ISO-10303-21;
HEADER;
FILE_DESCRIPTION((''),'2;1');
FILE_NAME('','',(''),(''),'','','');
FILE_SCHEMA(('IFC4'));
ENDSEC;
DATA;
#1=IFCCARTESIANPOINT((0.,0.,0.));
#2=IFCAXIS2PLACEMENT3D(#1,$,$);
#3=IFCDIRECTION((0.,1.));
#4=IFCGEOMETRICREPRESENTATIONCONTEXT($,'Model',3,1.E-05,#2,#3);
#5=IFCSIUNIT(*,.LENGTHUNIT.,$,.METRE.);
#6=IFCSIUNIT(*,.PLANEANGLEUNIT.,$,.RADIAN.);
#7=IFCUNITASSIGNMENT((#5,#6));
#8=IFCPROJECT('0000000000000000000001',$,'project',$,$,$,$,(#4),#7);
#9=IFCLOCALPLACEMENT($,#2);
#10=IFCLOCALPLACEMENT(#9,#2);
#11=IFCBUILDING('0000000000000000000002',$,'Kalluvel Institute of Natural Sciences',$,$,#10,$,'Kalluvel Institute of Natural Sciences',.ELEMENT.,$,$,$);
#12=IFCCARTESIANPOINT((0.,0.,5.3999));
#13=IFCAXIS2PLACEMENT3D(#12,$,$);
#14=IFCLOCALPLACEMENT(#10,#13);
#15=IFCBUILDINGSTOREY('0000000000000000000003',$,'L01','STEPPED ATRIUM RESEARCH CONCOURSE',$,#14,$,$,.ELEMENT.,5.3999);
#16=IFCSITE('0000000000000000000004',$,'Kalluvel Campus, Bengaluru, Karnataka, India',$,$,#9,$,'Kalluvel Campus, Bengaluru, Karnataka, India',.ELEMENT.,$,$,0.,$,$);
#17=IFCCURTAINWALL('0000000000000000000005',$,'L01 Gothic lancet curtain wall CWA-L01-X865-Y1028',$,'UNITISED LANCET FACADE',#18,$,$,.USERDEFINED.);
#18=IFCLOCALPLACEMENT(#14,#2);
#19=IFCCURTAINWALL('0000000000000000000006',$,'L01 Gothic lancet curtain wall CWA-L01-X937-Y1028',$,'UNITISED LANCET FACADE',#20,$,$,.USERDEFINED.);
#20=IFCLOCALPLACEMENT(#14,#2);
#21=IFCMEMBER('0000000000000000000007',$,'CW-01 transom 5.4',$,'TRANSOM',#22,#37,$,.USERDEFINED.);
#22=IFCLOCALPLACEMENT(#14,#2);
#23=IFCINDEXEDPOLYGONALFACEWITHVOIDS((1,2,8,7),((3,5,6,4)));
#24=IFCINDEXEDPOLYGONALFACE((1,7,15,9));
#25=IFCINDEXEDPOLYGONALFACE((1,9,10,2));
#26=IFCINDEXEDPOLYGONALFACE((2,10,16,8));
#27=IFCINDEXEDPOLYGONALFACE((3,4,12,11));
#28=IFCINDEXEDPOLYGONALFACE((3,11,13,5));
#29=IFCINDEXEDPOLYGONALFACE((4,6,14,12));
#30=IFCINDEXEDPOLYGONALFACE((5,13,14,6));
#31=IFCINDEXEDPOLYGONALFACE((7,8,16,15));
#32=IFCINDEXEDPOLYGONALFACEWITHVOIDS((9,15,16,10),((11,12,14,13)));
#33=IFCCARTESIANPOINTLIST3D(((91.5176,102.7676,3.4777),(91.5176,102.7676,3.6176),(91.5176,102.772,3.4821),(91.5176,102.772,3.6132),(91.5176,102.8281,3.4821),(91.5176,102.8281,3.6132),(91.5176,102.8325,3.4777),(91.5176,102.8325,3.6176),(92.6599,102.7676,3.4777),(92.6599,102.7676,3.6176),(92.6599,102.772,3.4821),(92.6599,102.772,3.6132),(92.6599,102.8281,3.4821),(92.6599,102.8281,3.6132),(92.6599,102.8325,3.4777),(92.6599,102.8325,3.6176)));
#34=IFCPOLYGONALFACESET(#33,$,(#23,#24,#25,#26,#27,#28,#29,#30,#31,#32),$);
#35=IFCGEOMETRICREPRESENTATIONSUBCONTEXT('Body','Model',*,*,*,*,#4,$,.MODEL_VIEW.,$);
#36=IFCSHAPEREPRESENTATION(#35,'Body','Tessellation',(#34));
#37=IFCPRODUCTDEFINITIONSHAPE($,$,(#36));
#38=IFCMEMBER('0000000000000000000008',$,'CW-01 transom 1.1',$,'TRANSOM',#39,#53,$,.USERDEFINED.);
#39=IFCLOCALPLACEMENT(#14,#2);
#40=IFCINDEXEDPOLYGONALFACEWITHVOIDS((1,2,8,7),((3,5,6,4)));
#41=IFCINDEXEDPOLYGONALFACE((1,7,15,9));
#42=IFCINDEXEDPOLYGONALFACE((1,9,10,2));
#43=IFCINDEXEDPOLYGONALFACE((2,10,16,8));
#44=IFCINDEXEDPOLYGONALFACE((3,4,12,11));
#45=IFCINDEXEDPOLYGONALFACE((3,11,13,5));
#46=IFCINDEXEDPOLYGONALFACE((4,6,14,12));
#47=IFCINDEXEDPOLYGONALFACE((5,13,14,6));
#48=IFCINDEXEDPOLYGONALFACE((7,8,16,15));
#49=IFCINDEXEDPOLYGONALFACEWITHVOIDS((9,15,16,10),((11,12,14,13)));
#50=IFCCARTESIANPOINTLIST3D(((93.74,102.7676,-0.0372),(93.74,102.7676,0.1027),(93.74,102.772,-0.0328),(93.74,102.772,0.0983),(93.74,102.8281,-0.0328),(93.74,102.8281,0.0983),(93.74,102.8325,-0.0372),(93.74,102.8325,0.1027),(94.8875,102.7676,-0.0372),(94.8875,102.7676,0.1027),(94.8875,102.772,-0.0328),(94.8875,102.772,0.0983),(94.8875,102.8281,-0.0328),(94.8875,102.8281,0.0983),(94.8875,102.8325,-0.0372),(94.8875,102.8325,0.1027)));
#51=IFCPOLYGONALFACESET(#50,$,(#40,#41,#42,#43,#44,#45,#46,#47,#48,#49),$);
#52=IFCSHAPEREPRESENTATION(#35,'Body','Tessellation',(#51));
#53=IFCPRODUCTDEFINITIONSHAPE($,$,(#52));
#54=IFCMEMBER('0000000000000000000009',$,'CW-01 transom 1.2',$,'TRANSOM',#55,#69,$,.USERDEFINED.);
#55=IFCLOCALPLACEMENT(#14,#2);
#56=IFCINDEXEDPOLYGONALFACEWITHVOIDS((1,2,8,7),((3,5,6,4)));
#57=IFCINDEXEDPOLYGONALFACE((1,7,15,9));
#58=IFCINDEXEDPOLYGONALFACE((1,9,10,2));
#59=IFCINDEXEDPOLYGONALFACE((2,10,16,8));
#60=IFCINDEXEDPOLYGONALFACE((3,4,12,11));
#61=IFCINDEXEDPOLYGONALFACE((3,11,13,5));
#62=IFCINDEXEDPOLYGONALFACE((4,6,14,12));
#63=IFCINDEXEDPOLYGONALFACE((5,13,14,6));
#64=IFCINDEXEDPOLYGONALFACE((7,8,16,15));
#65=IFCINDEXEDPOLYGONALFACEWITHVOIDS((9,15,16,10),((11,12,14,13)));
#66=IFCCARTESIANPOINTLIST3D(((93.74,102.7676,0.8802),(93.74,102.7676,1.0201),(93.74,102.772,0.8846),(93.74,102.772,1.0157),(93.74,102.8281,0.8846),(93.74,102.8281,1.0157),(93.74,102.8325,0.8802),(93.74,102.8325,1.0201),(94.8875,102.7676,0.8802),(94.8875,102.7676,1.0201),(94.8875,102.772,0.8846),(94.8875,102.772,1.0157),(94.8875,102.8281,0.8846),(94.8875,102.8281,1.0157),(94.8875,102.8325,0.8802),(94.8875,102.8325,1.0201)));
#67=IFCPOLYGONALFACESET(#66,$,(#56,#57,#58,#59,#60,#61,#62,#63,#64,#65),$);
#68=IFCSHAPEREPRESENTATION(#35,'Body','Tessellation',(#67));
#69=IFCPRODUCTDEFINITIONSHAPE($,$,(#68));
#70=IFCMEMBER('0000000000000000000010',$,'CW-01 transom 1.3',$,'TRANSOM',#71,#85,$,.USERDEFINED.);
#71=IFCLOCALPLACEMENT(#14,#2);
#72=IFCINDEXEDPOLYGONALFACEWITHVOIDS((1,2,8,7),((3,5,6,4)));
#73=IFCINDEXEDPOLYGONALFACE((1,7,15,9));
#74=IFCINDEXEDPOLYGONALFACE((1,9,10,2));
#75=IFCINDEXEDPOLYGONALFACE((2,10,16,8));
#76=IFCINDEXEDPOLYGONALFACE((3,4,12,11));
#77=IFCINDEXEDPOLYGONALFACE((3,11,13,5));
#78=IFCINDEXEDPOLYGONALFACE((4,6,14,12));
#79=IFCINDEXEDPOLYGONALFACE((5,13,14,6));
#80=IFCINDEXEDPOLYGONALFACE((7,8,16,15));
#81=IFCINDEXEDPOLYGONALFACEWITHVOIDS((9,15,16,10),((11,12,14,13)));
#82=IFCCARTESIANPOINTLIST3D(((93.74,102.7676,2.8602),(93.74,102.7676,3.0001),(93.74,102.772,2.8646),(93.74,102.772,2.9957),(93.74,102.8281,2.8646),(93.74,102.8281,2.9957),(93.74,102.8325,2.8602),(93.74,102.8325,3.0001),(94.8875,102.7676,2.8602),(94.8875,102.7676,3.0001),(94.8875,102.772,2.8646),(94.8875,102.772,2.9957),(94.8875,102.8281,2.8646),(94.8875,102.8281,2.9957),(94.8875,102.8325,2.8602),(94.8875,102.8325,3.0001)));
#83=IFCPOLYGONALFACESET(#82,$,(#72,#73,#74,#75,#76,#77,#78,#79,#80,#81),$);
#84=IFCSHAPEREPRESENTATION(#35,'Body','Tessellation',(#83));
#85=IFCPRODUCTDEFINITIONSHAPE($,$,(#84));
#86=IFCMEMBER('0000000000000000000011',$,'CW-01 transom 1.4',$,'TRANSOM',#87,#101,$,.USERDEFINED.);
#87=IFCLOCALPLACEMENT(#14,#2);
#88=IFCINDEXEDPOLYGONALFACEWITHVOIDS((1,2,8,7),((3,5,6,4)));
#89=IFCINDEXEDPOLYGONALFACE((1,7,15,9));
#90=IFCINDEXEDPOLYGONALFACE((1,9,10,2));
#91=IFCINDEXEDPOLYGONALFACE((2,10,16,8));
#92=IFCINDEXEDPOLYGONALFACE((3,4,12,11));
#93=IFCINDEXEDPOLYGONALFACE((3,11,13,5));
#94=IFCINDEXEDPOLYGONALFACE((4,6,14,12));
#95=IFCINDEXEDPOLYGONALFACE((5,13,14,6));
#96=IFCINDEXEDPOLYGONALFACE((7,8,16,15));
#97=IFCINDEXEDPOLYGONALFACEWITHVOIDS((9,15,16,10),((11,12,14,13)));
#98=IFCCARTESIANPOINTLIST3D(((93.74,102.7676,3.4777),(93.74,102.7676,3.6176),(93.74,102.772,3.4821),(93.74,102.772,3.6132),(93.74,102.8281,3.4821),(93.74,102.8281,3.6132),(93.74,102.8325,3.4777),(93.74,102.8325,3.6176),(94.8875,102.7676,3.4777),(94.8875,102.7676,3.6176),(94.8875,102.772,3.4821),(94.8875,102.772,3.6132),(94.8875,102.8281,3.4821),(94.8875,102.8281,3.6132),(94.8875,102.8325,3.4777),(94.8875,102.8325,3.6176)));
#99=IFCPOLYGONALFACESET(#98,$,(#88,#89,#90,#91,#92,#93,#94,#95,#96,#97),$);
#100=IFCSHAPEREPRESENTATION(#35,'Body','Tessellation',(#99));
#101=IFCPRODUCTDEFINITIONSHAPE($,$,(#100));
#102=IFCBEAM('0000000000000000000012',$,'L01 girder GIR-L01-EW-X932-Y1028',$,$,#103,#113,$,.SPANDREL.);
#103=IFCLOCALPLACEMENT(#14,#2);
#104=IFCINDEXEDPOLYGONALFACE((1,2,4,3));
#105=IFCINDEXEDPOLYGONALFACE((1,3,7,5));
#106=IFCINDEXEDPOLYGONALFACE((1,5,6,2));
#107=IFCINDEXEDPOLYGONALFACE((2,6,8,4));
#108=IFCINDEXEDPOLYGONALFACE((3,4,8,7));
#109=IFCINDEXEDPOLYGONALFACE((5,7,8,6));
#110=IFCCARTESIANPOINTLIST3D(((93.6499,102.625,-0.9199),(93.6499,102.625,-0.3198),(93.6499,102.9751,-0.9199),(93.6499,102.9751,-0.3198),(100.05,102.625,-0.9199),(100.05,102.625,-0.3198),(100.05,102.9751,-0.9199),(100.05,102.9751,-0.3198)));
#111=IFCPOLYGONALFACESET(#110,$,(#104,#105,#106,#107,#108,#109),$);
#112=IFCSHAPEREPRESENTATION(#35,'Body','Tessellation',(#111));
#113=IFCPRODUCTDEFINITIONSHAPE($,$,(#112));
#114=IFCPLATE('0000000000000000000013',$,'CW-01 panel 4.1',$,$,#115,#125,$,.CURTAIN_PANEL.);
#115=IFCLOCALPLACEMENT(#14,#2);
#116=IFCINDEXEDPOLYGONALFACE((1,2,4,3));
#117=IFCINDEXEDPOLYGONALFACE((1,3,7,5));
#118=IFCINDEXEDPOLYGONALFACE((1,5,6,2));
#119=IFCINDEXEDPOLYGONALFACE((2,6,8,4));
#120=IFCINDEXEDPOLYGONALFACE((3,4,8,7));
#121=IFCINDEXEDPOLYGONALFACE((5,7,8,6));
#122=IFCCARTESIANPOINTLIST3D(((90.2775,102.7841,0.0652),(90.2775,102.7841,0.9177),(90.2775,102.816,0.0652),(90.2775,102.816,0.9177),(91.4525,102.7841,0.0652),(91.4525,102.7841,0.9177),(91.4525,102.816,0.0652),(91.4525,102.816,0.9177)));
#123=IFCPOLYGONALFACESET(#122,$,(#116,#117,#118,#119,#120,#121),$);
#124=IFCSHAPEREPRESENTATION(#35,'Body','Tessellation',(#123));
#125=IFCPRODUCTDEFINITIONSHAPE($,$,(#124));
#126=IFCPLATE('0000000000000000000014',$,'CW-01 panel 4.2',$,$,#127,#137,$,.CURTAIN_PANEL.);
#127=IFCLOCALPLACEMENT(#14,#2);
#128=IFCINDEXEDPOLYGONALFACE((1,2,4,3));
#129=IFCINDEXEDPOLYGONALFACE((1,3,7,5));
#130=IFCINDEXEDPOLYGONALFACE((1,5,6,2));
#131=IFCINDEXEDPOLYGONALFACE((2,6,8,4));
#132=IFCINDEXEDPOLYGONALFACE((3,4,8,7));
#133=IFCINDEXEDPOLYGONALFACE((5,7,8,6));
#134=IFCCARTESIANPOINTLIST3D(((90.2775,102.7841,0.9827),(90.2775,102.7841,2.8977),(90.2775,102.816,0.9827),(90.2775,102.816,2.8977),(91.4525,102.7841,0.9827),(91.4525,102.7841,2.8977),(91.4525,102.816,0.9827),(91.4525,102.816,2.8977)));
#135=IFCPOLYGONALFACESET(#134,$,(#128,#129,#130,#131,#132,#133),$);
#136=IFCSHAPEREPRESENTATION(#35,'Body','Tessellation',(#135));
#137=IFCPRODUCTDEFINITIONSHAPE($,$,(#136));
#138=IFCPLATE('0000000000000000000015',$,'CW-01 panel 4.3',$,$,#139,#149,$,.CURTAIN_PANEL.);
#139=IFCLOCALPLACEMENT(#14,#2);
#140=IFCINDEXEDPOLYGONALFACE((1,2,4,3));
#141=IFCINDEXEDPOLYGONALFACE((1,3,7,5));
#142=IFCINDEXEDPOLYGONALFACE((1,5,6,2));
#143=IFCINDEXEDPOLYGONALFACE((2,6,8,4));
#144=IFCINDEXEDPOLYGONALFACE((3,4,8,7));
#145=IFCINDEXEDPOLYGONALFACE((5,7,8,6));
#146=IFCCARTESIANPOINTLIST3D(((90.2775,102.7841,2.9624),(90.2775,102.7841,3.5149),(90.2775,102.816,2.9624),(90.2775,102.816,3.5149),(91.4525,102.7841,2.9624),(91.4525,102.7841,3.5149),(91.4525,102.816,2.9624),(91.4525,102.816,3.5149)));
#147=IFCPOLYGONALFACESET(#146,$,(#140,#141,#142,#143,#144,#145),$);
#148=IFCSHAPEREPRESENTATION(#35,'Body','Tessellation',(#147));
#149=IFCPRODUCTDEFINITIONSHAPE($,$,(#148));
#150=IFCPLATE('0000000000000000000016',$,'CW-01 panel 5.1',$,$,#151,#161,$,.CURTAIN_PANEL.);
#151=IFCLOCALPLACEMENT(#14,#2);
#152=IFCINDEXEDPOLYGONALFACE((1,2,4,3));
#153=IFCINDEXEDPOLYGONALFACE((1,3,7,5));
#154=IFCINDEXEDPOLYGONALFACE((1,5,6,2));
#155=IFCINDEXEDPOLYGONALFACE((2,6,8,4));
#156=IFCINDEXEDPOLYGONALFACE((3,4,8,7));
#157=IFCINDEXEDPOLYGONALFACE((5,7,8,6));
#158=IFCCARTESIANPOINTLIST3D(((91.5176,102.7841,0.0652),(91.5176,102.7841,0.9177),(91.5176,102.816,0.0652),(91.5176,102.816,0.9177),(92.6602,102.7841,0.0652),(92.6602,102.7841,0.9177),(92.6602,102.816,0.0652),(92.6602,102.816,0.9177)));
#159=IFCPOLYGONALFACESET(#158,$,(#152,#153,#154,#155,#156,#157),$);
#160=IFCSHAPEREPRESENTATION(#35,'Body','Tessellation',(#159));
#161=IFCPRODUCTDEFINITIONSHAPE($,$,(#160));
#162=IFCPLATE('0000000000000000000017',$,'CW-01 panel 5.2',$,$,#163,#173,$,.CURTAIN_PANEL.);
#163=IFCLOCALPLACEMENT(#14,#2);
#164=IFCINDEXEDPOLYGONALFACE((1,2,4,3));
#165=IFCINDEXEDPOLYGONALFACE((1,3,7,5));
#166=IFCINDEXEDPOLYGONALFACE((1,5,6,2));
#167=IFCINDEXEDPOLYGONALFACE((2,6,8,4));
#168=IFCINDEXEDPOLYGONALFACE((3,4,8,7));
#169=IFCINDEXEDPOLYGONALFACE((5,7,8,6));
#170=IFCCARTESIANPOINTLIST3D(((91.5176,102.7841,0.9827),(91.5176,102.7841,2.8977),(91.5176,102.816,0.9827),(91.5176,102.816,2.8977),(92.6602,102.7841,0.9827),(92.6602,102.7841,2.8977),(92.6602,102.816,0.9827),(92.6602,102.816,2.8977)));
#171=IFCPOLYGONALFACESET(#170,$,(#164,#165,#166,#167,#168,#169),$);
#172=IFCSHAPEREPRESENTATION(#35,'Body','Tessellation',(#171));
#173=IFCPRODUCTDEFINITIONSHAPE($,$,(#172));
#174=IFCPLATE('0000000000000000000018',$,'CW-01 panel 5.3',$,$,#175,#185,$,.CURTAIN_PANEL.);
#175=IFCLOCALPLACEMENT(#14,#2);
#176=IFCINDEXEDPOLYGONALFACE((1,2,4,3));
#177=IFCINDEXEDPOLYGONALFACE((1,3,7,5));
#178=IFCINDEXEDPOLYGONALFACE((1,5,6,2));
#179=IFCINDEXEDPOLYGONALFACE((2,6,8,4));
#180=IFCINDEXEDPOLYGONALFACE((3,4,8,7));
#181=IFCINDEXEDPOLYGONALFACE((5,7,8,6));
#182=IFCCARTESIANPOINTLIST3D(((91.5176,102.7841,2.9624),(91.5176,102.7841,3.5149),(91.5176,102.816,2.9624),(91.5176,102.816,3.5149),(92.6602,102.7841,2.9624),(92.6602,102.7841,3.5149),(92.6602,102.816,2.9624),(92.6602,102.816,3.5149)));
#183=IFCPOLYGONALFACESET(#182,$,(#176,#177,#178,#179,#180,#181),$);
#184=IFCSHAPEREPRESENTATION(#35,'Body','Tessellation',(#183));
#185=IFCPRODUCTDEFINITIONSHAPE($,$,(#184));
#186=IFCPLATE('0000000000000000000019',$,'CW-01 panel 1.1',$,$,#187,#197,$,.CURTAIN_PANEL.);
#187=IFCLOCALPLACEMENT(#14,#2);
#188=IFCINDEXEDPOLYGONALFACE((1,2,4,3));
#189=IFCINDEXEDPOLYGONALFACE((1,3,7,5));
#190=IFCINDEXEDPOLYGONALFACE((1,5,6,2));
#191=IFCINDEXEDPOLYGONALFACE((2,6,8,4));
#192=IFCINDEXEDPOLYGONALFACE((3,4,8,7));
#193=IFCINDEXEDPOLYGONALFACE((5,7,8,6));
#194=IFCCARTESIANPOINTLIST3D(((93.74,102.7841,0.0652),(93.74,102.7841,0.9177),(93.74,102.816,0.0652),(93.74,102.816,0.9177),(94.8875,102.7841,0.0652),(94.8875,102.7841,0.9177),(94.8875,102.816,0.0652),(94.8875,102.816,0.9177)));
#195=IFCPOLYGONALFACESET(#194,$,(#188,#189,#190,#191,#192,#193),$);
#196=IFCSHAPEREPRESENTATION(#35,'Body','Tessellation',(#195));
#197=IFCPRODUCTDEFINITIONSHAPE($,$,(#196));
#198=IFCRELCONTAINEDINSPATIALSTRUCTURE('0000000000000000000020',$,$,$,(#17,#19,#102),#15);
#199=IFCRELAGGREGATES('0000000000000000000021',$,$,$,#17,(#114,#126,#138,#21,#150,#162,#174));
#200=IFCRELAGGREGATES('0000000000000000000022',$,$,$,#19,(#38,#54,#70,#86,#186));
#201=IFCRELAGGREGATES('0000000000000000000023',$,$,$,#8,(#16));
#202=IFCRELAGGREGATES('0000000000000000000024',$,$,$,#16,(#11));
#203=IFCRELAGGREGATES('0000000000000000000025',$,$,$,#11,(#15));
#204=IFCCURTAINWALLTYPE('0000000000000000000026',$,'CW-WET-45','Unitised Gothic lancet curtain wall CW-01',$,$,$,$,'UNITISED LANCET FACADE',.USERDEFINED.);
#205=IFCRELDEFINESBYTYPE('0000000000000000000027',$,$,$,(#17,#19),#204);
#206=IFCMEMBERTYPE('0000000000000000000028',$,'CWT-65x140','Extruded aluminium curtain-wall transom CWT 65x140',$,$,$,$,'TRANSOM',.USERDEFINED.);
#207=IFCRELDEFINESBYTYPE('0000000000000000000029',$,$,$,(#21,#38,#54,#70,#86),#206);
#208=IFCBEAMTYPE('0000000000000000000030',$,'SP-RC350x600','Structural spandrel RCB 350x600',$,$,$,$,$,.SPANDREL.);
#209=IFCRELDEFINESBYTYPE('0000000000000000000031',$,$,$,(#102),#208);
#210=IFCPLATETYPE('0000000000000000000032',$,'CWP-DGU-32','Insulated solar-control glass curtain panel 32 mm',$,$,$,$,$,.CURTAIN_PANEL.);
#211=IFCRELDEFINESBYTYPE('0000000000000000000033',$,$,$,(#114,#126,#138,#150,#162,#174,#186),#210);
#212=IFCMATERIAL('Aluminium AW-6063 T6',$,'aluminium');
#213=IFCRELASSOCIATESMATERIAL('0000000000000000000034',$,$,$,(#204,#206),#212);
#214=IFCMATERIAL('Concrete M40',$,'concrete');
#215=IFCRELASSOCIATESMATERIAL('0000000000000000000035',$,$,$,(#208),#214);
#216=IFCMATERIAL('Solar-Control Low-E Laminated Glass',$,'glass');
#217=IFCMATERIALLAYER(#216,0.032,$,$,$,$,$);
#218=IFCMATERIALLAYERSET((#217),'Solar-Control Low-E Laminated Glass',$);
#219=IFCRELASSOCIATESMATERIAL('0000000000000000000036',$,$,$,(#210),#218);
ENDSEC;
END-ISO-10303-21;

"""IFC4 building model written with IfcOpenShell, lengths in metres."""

from ifc_helpers import new_model, si_unit, direction, frame, origin, origin_2d, place, context, subcontext, project, spatial, rectangle, hollow_rectangle, extrude, material, layer, layer_set, material_profile, profile_set, type_object, element, aggregate, save


model = new_model("IFC4")

# Units and contexts
model_context = context("Model", 3, precision=1e-05, world=origin(), true_north=direction((0.0, 1.0)))
body_context = subcontext(model_context, "Body", "Model", "MODEL_VIEW")
ifc_project = project(units=[si_unit("LENGTHUNIT", "METRE"), si_unit("PLANEANGLEUNIT", "RADIAN")], contexts=[model_context])

# Site, building, storey
site_placement = place(None, origin())
site = spatial("IfcSite", under=ifc_project, at=site_placement, Name="Kalluvel Campus, Bengaluru, Karnataka, India", LongName="Kalluvel Campus, Bengaluru, Karnataka, India", CompositionType="ELEMENT", RefElevation=0.0)
building_placement = place(site_placement, origin())
building = spatial("IfcBuilding", under=site, at=building_placement, Name="Kalluvel Institute of Natural Sciences", LongName="Kalluvel Institute of Natural Sciences", CompositionType="ELEMENT")
storey_placement = place(building_placement, frame((0.0, 0.0, 5.3999)))
storey = spatial("IfcBuildingStorey", under=building, at=storey_placement, Name="L01", Description="STEPPED ATRIUM RESEARCH CONCOURSE", CompositionType="ELEMENT", Elevation=5.3999)

# Curtain walls
ifc_material_1 = material(Name="Aluminium AW-6063 T6", Category="aluminium")
curtain_wall_type = type_object("IfcCurtainWallType", Name="CW-WET-45", Description="Unitised Gothic lancet curtain wall CW-01", ElementType="UNITISED LANCET FACADE", PredefinedType="USERDEFINED", material=ifc_material_1)
curtain_wall_1_placement = place(storey_placement, origin())
curtain_wall_1 = element("IfcCurtainWall", 1, at=curtain_wall_1_placement, inside=storey, type_object=curtain_wall_type, Name="L01 Gothic lancet curtain wall CWA-L01-X865-Y1028", ObjectType="UNITISED LANCET FACADE", PredefinedType="USERDEFINED")
curtain_wall_2_placement = place(storey_placement, origin())
curtain_wall_2 = element("IfcCurtainWall", 2, at=curtain_wall_2_placement, inside=storey, type_object=curtain_wall_type, Name="L01 Gothic lancet curtain wall CWA-L01-X937-Y1028", ObjectType="UNITISED LANCET FACADE", PredefinedType="USERDEFINED")

# Members
ifc_material_profile_1 = material_profile(ifc_material_1, hollow_rectangle(XDim=0.0649, YDim=0.1399, WallThickness=0.0044, at=origin_2d()), Name="CWT 65x140")
ifc_profile_set_1 = profile_set([ifc_material_profile_1], Name="Aluminium AW-6063 T6")
member_type_1 = type_object("IfcMemberType", Name="CWT-65x140", Description="Extruded aluminium curtain-wall transom CWT 65x140", ElementType="TRANSOM", PredefinedType="USERDEFINED", material=ifc_profile_set_1)
member_1_placement = place(storey_placement, frame((91.5176, 102.8, 3.5476), z_axis=(1.0, 0.0, 0.0), x_axis=(0.0, 1.0, 0.0)))
member_1 = element("IfcMember", 3, at=member_1_placement, type_object=member_type_1, Name="CW-01 transom 5.4", ObjectType="TRANSOM", PredefinedType="USERDEFINED", context=body_context, shape_type="SweptSolid", body=[
    extrude(hollow_rectangle(XDim=0.0649, YDim=0.1399, WallThickness=0.0044, at=origin_2d()), origin(), (0.0, 0.0, 1.0), 1.1423),
])
member_2_placement = place(storey_placement, frame((93.74, 102.8, 0.0327), z_axis=(1.0, 0.0, 0.0), x_axis=(0.0, 1.0, 0.0)))
member_2 = element("IfcMember", 4, at=member_2_placement, type_object=member_type_1, Name="CW-01 transom 1.1", ObjectType="TRANSOM", PredefinedType="USERDEFINED", context=body_context, shape_type="SweptSolid", body=[
    extrude(hollow_rectangle(XDim=0.0649, YDim=0.1399, WallThickness=0.0044, at=origin_2d()), origin(), (0.0, 0.0, 1.0), 1.1475),
])
member_3_placement = place(storey_placement, frame((93.74, 102.8, 0.9502), z_axis=(1.0, 0.0, 0.0), x_axis=(0.0, 1.0, 0.0)))
member_3 = element("IfcMember", 5, at=member_3_placement, type_object=member_type_1, Name="CW-01 transom 1.2", ObjectType="TRANSOM", PredefinedType="USERDEFINED", context=body_context, shape_type="SweptSolid", body=[
    extrude(hollow_rectangle(XDim=0.0649, YDim=0.1399, WallThickness=0.0044, at=origin_2d()), origin(), (0.0, 0.0, 1.0), 1.1475),
])
member_4_placement = place(storey_placement, frame((93.74, 102.8, 2.9302), z_axis=(1.0, 0.0, 0.0), x_axis=(0.0, 1.0, 0.0)))
member_4 = element("IfcMember", 6, at=member_4_placement, type_object=member_type_1, Name="CW-01 transom 1.3", ObjectType="TRANSOM", PredefinedType="USERDEFINED", context=body_context, shape_type="SweptSolid", body=[
    extrude(hollow_rectangle(XDim=0.0649, YDim=0.1399, WallThickness=0.0044, at=origin_2d()), origin(), (0.0, 0.0, 1.0), 1.1475),
])
member_5_placement = place(storey_placement, frame((93.74, 102.8, 3.5476), z_axis=(1.0, 0.0, 0.0), x_axis=(0.0, 1.0, 0.0)))
member_5 = element("IfcMember", 7, at=member_5_placement, type_object=member_type_1, Name="CW-01 transom 1.4", ObjectType="TRANSOM", PredefinedType="USERDEFINED", context=body_context, shape_type="SweptSolid", body=[
    extrude(hollow_rectangle(XDim=0.0649, YDim=0.1399, WallThickness=0.0044, at=origin_2d()), origin(), (0.0, 0.0, 1.0), 1.1475),
])

# Beam
ifc_material_2 = material(Name="Concrete M40", Category="concrete")
ifc_material_profile_2 = material_profile(ifc_material_2, rectangle(XDim=0.3501, YDim=0.6001, at=origin_2d()), Name="RCB 350x600")
ifc_profile_set_2 = profile_set([ifc_material_profile_2], Name="Concrete M40")
beam_type = type_object("IfcBeamType", Name="SP-RC350x600", Description="Structural spandrel RCB 350x600", PredefinedType="SPANDREL", material=ifc_profile_set_2)
beam_placement = place(storey_placement, frame((93.6499, 102.8, -0.6199), z_axis=(1.0, 0.0, 0.0), x_axis=(0.0, 1.0, 0.0)))
element("IfcBeam", 8, at=beam_placement, inside=storey, type_object=beam_type, Name="L01 girder GIR-L01-EW-X932-Y1028", PredefinedType="SPANDREL", context=body_context, shape_type="SweptSolid", body=[
    extrude(rectangle(XDim=0.3501, YDim=0.6001, at=origin_2d()), origin(), (0.0, 0.0, 1.0), 6.4001),
])

# Plates
ifc_material_3 = material(Name="Solar-Control Low-E Laminated Glass", Category="glass")
ifc_layer = layer(ifc_material_3, 0.032)
ifc_layer_set = layer_set([ifc_layer], Name="Solar-Control Low-E Laminated Glass")
plate_type = type_object("IfcPlateType", Name="CWP-DGU-32", Description="Insulated solar-control glass curtain panel 32 mm", PredefinedType="CURTAIN_PANEL", material=ifc_layer_set)
plate_1_placement = place(storey_placement, frame((90.865, 102.8, 0.0652), z_axis=(0.0, 0.0, 1.0), x_axis=(1.0, 0.0, 0.0)))
plate_1 = element("IfcPlate", 9, at=plate_1_placement, type_object=plate_type, Name="CW-01 panel 4.1", PredefinedType="CURTAIN_PANEL", context=body_context, shape_type="SweptSolid", body=[
    extrude(rectangle(XDim=1.175, YDim=0.032, at=origin_2d()), origin(), (0.0, 0.0, 1.0), 0.8525),
])
plate_2_placement = place(storey_placement, frame((90.865, 102.8, 0.9827), z_axis=(0.0, 0.0, 1.0), x_axis=(1.0, 0.0, 0.0)))
plate_2 = element("IfcPlate", 10, at=plate_2_placement, type_object=plate_type, Name="CW-01 panel 4.2", PredefinedType="CURTAIN_PANEL", context=body_context, shape_type="SweptSolid", body=[
    extrude(rectangle(XDim=1.175, YDim=0.032, at=origin_2d()), origin(), (0.0, 0.0, 1.0), 1.915),
])
plate_3_placement = place(storey_placement, frame((90.865, 102.8, 2.9624), z_axis=(0.0, 0.0, 1.0), x_axis=(1.0, 0.0, 0.0)))
plate_3 = element("IfcPlate", 11, at=plate_3_placement, type_object=plate_type, Name="CW-01 panel 4.3", PredefinedType="CURTAIN_PANEL", context=body_context, shape_type="SweptSolid", body=[
    extrude(rectangle(XDim=1.175, YDim=0.032, at=origin_2d()), origin(), (0.0, 0.0, 1.0), 0.5525),
])
plate_4_placement = place(storey_placement, frame((92.0889, 102.8, 0.0652), z_axis=(0.0, 0.0, 1.0), x_axis=(1.0, 0.0, 0.0)))
plate_4 = element("IfcPlate", 12, at=plate_4_placement, type_object=plate_type, Name="CW-01 panel 5.1", PredefinedType="CURTAIN_PANEL", context=body_context, shape_type="SweptSolid", body=[
    extrude(rectangle(XDim=1.1426, YDim=0.032, at=origin_2d()), origin(), (0.0, 0.0, 1.0), 0.8525),
])
plate_5_placement = place(storey_placement, frame((92.0889, 102.8, 0.9827), z_axis=(0.0, 0.0, 1.0), x_axis=(1.0, 0.0, 0.0)))
plate_5 = element("IfcPlate", 13, at=plate_5_placement, type_object=plate_type, Name="CW-01 panel 5.2", PredefinedType="CURTAIN_PANEL", context=body_context, shape_type="SweptSolid", body=[
    extrude(rectangle(XDim=1.1426, YDim=0.032, at=origin_2d()), origin(), (0.0, 0.0, 1.0), 1.915),
])
plate_6_placement = place(storey_placement, frame((92.0889, 102.8, 2.9624), z_axis=(0.0, 0.0, 1.0), x_axis=(1.0, 0.0, 0.0)))
plate_6 = element("IfcPlate", 14, at=plate_6_placement, type_object=plate_type, Name="CW-01 panel 5.3", PredefinedType="CURTAIN_PANEL", context=body_context, shape_type="SweptSolid", body=[
    extrude(rectangle(XDim=1.1426, YDim=0.032, at=origin_2d()), origin(), (0.0, 0.0, 1.0), 0.5525),
])
aggregate(curtain_wall_1, [plate_1, plate_2, plate_3, member_1, plate_4, plate_5, plate_6])
plate_7_placement = place(storey_placement, frame((94.3137, 102.8, 0.0652), z_axis=(0.0, 0.0, 1.0), x_axis=(1.0, 0.0, 0.0)))
plate_7 = element("IfcPlate", 15, at=plate_7_placement, type_object=plate_type, Name="CW-01 panel 1.1", PredefinedType="CURTAIN_PANEL", context=body_context, shape_type="SweptSolid", body=[
    extrude(rectangle(XDim=1.1475, YDim=0.032, at=origin_2d()), origin(), (0.0, 0.0, 1.0), 0.8525),
])
aggregate(curtain_wall_2, [member_2, member_3, member_4, member_5, plate_7])

save(model, "model.ifc")
